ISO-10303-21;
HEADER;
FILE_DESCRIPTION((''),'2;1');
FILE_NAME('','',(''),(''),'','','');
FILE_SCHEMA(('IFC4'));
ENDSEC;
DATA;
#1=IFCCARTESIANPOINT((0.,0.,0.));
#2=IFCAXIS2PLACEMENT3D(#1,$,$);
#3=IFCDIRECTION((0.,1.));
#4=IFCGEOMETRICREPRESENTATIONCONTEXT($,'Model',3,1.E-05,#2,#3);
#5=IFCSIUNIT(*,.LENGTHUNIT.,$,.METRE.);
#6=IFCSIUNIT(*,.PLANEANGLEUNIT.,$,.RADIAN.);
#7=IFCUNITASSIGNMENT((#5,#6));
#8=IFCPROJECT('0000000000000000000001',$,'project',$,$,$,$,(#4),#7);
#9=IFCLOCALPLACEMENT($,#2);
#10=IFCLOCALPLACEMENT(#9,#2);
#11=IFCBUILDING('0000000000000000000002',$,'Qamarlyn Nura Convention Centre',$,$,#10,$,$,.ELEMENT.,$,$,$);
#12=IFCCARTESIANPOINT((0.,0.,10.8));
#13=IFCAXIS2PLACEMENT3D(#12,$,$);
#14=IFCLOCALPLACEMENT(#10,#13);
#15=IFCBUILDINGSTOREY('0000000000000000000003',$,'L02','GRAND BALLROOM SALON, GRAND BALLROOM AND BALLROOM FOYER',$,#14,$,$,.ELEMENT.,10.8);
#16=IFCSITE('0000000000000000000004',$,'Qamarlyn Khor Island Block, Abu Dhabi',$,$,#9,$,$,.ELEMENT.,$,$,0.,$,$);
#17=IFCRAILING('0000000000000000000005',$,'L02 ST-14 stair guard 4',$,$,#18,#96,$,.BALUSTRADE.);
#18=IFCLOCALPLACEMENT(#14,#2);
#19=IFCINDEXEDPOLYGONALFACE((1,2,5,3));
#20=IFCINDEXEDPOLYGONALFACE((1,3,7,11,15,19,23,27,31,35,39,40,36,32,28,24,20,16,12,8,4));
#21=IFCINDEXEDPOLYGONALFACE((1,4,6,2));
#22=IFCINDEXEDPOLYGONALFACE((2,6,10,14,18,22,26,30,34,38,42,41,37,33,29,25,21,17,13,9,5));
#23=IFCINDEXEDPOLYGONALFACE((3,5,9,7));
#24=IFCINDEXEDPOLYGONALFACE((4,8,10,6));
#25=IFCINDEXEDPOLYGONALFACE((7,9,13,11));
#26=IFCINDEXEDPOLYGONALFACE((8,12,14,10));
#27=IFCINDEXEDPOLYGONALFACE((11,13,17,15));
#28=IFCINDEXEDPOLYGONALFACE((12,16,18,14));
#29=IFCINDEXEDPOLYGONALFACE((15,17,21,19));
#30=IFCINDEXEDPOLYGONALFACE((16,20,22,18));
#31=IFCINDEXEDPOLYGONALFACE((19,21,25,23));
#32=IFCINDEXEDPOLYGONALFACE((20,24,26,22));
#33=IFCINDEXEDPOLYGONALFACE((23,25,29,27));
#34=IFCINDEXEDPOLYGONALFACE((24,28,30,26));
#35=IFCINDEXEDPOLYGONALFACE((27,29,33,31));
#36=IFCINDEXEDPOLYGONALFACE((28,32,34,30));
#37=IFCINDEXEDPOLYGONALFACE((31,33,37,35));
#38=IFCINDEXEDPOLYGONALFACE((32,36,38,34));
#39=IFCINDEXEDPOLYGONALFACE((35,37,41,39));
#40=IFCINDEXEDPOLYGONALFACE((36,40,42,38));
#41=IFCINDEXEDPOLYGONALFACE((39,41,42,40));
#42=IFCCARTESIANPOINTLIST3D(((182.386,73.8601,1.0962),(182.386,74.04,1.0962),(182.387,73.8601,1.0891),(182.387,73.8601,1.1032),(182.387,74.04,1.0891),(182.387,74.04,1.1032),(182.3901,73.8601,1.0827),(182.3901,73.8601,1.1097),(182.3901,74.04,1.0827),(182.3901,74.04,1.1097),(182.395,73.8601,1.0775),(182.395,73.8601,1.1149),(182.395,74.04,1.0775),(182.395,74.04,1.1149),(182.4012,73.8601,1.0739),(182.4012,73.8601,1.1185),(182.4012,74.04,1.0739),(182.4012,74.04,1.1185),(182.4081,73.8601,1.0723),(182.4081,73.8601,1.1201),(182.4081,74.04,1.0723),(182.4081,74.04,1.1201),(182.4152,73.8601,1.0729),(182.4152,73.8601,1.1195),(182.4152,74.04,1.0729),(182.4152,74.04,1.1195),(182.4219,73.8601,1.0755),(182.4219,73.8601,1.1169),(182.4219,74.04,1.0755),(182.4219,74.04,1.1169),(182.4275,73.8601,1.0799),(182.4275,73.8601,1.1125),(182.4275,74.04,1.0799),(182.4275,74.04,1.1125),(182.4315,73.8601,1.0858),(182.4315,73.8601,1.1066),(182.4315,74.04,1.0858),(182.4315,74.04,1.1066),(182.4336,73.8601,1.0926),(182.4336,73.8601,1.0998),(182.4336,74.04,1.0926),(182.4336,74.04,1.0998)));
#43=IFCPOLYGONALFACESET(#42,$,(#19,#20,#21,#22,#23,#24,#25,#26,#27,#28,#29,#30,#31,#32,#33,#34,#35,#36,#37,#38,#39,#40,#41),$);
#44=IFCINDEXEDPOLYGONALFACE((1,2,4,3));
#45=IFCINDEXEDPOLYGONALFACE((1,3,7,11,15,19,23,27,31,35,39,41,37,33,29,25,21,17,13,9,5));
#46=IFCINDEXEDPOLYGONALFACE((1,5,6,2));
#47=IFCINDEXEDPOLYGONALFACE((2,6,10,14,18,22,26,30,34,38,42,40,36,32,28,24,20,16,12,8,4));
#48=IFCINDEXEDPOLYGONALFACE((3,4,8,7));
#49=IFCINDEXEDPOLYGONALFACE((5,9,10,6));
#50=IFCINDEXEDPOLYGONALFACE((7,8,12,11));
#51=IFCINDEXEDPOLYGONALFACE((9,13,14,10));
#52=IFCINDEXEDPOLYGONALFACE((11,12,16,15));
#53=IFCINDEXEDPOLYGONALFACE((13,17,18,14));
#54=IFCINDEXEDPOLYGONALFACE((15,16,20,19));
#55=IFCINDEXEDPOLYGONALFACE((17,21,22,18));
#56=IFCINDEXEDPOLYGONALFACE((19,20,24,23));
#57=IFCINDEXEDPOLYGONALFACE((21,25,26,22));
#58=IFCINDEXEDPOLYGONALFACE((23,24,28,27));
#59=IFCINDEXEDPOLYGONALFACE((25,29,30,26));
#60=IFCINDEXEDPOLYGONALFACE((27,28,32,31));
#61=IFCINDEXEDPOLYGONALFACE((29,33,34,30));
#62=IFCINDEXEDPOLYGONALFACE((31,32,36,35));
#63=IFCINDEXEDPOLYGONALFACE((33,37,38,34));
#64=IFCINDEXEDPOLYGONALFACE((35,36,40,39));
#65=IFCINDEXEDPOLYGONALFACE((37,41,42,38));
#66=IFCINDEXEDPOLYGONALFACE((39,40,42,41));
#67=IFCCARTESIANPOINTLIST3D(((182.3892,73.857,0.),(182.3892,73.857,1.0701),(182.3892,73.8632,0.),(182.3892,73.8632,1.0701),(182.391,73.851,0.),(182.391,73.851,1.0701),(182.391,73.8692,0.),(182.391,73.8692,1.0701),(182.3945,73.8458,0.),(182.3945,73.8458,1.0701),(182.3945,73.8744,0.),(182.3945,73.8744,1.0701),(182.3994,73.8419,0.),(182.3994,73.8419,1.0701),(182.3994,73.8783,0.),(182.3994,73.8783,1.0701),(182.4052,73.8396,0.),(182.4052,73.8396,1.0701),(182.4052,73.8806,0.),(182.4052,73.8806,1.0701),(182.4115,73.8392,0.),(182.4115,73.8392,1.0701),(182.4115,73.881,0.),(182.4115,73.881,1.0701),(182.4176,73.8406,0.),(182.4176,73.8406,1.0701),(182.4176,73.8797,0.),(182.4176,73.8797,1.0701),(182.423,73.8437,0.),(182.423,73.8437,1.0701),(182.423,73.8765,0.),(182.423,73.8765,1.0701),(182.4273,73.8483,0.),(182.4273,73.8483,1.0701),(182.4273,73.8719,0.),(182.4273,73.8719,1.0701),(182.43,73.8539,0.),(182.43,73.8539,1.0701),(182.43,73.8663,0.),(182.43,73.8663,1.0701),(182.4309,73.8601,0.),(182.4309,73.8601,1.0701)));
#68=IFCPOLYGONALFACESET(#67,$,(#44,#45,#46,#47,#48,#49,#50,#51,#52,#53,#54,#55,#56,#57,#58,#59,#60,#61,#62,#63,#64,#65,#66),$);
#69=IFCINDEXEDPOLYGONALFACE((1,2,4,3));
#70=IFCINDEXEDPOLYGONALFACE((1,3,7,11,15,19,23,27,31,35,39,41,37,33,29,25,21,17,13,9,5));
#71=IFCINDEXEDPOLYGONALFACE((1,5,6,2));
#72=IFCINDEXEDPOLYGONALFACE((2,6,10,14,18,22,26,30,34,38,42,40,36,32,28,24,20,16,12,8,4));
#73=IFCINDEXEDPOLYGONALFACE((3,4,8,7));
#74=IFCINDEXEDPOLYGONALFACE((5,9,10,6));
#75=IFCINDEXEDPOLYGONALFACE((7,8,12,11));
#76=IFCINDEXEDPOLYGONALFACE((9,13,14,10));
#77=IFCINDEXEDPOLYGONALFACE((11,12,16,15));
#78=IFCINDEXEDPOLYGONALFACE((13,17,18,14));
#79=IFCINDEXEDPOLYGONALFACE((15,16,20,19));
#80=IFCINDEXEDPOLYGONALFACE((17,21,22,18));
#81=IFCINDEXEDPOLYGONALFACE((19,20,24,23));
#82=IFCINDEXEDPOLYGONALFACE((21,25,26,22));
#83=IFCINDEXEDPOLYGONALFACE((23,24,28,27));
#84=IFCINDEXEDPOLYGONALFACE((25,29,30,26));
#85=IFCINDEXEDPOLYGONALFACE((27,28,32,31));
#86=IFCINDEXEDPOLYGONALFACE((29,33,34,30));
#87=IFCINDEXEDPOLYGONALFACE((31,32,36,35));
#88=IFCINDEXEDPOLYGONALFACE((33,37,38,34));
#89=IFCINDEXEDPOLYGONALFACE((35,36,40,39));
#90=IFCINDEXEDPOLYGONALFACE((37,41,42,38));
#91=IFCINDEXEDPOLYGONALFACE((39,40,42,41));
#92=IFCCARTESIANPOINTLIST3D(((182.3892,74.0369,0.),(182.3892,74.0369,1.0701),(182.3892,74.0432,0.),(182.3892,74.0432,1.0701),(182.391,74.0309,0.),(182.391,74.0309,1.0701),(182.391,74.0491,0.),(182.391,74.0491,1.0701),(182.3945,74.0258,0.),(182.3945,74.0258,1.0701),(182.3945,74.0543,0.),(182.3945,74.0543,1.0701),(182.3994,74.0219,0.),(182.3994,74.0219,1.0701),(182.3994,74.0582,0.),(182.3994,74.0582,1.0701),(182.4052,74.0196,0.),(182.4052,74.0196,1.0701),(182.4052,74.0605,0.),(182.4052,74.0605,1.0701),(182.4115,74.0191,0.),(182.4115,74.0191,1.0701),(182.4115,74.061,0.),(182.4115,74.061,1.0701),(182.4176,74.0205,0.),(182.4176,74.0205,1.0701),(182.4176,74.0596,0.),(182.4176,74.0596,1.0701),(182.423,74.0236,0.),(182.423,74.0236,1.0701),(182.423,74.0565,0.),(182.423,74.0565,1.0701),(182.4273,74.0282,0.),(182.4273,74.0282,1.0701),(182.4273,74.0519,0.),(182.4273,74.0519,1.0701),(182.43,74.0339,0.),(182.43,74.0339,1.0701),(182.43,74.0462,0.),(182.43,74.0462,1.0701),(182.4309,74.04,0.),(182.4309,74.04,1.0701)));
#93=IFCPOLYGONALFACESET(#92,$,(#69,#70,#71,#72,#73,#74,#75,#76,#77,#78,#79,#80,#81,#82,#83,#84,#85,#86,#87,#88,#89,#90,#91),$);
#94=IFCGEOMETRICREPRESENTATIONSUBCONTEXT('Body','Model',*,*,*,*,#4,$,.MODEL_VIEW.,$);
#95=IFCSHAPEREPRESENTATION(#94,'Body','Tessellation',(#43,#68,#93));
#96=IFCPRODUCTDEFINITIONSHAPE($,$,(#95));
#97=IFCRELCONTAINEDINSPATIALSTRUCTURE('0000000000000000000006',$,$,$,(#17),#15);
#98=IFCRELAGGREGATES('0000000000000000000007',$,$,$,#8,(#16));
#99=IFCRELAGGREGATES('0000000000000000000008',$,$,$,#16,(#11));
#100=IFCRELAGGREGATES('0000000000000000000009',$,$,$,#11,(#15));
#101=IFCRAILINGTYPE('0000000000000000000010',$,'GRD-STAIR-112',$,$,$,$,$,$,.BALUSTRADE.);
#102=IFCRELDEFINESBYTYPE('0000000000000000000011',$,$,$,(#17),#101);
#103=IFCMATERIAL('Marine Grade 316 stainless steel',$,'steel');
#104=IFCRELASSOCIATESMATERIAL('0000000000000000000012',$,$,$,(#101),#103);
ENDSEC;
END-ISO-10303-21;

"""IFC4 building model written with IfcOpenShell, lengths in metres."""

from ifc_helpers import new_model, si_unit, direction, frame, origin, origin_2d, place, context, subcontext, project, spatial, circle, extrude, material, type_object, element, save


model = new_model("IFC4")

# Units and contexts
model_context = context("Model", 3, precision=1e-05, world=origin(), true_north=direction((0.0, 1.0)))
body_context = subcontext(model_context, "Body", "Model", "MODEL_VIEW")
ifc_project = project(units=[si_unit("LENGTHUNIT", "METRE"), si_unit("PLANEANGLEUNIT", "RADIAN")], contexts=[model_context])

# Site, building, storey
site_placement = place(None, origin())
site = spatial("IfcSite", under=ifc_project, at=site_placement, Name="Qamarlyn Khor Island Block, Abu Dhabi", CompositionType="ELEMENT", RefElevation=0.0)
building_placement = place(site_placement, origin())
building = spatial("IfcBuilding", under=site, at=building_placement, Name="Qamarlyn Nura Convention Centre", CompositionType="ELEMENT")
storey_placement = place(building_placement, frame((0.0, 0.0, 10.8)))
storey = spatial("IfcBuildingStorey", under=building, at=storey_placement, Name="L02", Description="GRAND BALLROOM SALON, GRAND BALLROOM AND BALLROOM FOYER", CompositionType="ELEMENT", Elevation=10.8)

# Railing
ifc_material_1 = material(Name="Marine Grade 316 stainless steel", Category="steel")
railing_type_1 = type_object("IfcRailingType", Name="GRD-STAIR-112", PredefinedType="BALUSTRADE", material=ifc_material_1)
railing_1_placement = place(storey_placement, frame((182.4099, 73.8601, 0.0)))
element("IfcRailing", 1, at=railing_1_placement, inside=storey, type_object=railing_type_1, Name="L02 ST-14 stair guard 4", PredefinedType="BALUSTRADE", context=body_context, shape_type="SweptSolid", body=[
    extrude(circle(Radius=0.0239, at=origin_2d()), frame((0.0, 0.0, 1.0962), z_axis=(0.0, 1.0, 0.0), x_axis=(-1.0, 0.0, 0.0)), (0.0, 0.0, 1.0), 0.1799),
    extrude(circle(Radius=0.021, at=origin_2d()), origin(), (0.0, 0.0, 1.0), 1.0701),
    extrude(circle(Radius=0.021, at=origin_2d()), frame((0.0, 0.1799, 0.0)), (0.0, 0.0, 1.0), 1.0701),
])

save(model, "model.ifc")
